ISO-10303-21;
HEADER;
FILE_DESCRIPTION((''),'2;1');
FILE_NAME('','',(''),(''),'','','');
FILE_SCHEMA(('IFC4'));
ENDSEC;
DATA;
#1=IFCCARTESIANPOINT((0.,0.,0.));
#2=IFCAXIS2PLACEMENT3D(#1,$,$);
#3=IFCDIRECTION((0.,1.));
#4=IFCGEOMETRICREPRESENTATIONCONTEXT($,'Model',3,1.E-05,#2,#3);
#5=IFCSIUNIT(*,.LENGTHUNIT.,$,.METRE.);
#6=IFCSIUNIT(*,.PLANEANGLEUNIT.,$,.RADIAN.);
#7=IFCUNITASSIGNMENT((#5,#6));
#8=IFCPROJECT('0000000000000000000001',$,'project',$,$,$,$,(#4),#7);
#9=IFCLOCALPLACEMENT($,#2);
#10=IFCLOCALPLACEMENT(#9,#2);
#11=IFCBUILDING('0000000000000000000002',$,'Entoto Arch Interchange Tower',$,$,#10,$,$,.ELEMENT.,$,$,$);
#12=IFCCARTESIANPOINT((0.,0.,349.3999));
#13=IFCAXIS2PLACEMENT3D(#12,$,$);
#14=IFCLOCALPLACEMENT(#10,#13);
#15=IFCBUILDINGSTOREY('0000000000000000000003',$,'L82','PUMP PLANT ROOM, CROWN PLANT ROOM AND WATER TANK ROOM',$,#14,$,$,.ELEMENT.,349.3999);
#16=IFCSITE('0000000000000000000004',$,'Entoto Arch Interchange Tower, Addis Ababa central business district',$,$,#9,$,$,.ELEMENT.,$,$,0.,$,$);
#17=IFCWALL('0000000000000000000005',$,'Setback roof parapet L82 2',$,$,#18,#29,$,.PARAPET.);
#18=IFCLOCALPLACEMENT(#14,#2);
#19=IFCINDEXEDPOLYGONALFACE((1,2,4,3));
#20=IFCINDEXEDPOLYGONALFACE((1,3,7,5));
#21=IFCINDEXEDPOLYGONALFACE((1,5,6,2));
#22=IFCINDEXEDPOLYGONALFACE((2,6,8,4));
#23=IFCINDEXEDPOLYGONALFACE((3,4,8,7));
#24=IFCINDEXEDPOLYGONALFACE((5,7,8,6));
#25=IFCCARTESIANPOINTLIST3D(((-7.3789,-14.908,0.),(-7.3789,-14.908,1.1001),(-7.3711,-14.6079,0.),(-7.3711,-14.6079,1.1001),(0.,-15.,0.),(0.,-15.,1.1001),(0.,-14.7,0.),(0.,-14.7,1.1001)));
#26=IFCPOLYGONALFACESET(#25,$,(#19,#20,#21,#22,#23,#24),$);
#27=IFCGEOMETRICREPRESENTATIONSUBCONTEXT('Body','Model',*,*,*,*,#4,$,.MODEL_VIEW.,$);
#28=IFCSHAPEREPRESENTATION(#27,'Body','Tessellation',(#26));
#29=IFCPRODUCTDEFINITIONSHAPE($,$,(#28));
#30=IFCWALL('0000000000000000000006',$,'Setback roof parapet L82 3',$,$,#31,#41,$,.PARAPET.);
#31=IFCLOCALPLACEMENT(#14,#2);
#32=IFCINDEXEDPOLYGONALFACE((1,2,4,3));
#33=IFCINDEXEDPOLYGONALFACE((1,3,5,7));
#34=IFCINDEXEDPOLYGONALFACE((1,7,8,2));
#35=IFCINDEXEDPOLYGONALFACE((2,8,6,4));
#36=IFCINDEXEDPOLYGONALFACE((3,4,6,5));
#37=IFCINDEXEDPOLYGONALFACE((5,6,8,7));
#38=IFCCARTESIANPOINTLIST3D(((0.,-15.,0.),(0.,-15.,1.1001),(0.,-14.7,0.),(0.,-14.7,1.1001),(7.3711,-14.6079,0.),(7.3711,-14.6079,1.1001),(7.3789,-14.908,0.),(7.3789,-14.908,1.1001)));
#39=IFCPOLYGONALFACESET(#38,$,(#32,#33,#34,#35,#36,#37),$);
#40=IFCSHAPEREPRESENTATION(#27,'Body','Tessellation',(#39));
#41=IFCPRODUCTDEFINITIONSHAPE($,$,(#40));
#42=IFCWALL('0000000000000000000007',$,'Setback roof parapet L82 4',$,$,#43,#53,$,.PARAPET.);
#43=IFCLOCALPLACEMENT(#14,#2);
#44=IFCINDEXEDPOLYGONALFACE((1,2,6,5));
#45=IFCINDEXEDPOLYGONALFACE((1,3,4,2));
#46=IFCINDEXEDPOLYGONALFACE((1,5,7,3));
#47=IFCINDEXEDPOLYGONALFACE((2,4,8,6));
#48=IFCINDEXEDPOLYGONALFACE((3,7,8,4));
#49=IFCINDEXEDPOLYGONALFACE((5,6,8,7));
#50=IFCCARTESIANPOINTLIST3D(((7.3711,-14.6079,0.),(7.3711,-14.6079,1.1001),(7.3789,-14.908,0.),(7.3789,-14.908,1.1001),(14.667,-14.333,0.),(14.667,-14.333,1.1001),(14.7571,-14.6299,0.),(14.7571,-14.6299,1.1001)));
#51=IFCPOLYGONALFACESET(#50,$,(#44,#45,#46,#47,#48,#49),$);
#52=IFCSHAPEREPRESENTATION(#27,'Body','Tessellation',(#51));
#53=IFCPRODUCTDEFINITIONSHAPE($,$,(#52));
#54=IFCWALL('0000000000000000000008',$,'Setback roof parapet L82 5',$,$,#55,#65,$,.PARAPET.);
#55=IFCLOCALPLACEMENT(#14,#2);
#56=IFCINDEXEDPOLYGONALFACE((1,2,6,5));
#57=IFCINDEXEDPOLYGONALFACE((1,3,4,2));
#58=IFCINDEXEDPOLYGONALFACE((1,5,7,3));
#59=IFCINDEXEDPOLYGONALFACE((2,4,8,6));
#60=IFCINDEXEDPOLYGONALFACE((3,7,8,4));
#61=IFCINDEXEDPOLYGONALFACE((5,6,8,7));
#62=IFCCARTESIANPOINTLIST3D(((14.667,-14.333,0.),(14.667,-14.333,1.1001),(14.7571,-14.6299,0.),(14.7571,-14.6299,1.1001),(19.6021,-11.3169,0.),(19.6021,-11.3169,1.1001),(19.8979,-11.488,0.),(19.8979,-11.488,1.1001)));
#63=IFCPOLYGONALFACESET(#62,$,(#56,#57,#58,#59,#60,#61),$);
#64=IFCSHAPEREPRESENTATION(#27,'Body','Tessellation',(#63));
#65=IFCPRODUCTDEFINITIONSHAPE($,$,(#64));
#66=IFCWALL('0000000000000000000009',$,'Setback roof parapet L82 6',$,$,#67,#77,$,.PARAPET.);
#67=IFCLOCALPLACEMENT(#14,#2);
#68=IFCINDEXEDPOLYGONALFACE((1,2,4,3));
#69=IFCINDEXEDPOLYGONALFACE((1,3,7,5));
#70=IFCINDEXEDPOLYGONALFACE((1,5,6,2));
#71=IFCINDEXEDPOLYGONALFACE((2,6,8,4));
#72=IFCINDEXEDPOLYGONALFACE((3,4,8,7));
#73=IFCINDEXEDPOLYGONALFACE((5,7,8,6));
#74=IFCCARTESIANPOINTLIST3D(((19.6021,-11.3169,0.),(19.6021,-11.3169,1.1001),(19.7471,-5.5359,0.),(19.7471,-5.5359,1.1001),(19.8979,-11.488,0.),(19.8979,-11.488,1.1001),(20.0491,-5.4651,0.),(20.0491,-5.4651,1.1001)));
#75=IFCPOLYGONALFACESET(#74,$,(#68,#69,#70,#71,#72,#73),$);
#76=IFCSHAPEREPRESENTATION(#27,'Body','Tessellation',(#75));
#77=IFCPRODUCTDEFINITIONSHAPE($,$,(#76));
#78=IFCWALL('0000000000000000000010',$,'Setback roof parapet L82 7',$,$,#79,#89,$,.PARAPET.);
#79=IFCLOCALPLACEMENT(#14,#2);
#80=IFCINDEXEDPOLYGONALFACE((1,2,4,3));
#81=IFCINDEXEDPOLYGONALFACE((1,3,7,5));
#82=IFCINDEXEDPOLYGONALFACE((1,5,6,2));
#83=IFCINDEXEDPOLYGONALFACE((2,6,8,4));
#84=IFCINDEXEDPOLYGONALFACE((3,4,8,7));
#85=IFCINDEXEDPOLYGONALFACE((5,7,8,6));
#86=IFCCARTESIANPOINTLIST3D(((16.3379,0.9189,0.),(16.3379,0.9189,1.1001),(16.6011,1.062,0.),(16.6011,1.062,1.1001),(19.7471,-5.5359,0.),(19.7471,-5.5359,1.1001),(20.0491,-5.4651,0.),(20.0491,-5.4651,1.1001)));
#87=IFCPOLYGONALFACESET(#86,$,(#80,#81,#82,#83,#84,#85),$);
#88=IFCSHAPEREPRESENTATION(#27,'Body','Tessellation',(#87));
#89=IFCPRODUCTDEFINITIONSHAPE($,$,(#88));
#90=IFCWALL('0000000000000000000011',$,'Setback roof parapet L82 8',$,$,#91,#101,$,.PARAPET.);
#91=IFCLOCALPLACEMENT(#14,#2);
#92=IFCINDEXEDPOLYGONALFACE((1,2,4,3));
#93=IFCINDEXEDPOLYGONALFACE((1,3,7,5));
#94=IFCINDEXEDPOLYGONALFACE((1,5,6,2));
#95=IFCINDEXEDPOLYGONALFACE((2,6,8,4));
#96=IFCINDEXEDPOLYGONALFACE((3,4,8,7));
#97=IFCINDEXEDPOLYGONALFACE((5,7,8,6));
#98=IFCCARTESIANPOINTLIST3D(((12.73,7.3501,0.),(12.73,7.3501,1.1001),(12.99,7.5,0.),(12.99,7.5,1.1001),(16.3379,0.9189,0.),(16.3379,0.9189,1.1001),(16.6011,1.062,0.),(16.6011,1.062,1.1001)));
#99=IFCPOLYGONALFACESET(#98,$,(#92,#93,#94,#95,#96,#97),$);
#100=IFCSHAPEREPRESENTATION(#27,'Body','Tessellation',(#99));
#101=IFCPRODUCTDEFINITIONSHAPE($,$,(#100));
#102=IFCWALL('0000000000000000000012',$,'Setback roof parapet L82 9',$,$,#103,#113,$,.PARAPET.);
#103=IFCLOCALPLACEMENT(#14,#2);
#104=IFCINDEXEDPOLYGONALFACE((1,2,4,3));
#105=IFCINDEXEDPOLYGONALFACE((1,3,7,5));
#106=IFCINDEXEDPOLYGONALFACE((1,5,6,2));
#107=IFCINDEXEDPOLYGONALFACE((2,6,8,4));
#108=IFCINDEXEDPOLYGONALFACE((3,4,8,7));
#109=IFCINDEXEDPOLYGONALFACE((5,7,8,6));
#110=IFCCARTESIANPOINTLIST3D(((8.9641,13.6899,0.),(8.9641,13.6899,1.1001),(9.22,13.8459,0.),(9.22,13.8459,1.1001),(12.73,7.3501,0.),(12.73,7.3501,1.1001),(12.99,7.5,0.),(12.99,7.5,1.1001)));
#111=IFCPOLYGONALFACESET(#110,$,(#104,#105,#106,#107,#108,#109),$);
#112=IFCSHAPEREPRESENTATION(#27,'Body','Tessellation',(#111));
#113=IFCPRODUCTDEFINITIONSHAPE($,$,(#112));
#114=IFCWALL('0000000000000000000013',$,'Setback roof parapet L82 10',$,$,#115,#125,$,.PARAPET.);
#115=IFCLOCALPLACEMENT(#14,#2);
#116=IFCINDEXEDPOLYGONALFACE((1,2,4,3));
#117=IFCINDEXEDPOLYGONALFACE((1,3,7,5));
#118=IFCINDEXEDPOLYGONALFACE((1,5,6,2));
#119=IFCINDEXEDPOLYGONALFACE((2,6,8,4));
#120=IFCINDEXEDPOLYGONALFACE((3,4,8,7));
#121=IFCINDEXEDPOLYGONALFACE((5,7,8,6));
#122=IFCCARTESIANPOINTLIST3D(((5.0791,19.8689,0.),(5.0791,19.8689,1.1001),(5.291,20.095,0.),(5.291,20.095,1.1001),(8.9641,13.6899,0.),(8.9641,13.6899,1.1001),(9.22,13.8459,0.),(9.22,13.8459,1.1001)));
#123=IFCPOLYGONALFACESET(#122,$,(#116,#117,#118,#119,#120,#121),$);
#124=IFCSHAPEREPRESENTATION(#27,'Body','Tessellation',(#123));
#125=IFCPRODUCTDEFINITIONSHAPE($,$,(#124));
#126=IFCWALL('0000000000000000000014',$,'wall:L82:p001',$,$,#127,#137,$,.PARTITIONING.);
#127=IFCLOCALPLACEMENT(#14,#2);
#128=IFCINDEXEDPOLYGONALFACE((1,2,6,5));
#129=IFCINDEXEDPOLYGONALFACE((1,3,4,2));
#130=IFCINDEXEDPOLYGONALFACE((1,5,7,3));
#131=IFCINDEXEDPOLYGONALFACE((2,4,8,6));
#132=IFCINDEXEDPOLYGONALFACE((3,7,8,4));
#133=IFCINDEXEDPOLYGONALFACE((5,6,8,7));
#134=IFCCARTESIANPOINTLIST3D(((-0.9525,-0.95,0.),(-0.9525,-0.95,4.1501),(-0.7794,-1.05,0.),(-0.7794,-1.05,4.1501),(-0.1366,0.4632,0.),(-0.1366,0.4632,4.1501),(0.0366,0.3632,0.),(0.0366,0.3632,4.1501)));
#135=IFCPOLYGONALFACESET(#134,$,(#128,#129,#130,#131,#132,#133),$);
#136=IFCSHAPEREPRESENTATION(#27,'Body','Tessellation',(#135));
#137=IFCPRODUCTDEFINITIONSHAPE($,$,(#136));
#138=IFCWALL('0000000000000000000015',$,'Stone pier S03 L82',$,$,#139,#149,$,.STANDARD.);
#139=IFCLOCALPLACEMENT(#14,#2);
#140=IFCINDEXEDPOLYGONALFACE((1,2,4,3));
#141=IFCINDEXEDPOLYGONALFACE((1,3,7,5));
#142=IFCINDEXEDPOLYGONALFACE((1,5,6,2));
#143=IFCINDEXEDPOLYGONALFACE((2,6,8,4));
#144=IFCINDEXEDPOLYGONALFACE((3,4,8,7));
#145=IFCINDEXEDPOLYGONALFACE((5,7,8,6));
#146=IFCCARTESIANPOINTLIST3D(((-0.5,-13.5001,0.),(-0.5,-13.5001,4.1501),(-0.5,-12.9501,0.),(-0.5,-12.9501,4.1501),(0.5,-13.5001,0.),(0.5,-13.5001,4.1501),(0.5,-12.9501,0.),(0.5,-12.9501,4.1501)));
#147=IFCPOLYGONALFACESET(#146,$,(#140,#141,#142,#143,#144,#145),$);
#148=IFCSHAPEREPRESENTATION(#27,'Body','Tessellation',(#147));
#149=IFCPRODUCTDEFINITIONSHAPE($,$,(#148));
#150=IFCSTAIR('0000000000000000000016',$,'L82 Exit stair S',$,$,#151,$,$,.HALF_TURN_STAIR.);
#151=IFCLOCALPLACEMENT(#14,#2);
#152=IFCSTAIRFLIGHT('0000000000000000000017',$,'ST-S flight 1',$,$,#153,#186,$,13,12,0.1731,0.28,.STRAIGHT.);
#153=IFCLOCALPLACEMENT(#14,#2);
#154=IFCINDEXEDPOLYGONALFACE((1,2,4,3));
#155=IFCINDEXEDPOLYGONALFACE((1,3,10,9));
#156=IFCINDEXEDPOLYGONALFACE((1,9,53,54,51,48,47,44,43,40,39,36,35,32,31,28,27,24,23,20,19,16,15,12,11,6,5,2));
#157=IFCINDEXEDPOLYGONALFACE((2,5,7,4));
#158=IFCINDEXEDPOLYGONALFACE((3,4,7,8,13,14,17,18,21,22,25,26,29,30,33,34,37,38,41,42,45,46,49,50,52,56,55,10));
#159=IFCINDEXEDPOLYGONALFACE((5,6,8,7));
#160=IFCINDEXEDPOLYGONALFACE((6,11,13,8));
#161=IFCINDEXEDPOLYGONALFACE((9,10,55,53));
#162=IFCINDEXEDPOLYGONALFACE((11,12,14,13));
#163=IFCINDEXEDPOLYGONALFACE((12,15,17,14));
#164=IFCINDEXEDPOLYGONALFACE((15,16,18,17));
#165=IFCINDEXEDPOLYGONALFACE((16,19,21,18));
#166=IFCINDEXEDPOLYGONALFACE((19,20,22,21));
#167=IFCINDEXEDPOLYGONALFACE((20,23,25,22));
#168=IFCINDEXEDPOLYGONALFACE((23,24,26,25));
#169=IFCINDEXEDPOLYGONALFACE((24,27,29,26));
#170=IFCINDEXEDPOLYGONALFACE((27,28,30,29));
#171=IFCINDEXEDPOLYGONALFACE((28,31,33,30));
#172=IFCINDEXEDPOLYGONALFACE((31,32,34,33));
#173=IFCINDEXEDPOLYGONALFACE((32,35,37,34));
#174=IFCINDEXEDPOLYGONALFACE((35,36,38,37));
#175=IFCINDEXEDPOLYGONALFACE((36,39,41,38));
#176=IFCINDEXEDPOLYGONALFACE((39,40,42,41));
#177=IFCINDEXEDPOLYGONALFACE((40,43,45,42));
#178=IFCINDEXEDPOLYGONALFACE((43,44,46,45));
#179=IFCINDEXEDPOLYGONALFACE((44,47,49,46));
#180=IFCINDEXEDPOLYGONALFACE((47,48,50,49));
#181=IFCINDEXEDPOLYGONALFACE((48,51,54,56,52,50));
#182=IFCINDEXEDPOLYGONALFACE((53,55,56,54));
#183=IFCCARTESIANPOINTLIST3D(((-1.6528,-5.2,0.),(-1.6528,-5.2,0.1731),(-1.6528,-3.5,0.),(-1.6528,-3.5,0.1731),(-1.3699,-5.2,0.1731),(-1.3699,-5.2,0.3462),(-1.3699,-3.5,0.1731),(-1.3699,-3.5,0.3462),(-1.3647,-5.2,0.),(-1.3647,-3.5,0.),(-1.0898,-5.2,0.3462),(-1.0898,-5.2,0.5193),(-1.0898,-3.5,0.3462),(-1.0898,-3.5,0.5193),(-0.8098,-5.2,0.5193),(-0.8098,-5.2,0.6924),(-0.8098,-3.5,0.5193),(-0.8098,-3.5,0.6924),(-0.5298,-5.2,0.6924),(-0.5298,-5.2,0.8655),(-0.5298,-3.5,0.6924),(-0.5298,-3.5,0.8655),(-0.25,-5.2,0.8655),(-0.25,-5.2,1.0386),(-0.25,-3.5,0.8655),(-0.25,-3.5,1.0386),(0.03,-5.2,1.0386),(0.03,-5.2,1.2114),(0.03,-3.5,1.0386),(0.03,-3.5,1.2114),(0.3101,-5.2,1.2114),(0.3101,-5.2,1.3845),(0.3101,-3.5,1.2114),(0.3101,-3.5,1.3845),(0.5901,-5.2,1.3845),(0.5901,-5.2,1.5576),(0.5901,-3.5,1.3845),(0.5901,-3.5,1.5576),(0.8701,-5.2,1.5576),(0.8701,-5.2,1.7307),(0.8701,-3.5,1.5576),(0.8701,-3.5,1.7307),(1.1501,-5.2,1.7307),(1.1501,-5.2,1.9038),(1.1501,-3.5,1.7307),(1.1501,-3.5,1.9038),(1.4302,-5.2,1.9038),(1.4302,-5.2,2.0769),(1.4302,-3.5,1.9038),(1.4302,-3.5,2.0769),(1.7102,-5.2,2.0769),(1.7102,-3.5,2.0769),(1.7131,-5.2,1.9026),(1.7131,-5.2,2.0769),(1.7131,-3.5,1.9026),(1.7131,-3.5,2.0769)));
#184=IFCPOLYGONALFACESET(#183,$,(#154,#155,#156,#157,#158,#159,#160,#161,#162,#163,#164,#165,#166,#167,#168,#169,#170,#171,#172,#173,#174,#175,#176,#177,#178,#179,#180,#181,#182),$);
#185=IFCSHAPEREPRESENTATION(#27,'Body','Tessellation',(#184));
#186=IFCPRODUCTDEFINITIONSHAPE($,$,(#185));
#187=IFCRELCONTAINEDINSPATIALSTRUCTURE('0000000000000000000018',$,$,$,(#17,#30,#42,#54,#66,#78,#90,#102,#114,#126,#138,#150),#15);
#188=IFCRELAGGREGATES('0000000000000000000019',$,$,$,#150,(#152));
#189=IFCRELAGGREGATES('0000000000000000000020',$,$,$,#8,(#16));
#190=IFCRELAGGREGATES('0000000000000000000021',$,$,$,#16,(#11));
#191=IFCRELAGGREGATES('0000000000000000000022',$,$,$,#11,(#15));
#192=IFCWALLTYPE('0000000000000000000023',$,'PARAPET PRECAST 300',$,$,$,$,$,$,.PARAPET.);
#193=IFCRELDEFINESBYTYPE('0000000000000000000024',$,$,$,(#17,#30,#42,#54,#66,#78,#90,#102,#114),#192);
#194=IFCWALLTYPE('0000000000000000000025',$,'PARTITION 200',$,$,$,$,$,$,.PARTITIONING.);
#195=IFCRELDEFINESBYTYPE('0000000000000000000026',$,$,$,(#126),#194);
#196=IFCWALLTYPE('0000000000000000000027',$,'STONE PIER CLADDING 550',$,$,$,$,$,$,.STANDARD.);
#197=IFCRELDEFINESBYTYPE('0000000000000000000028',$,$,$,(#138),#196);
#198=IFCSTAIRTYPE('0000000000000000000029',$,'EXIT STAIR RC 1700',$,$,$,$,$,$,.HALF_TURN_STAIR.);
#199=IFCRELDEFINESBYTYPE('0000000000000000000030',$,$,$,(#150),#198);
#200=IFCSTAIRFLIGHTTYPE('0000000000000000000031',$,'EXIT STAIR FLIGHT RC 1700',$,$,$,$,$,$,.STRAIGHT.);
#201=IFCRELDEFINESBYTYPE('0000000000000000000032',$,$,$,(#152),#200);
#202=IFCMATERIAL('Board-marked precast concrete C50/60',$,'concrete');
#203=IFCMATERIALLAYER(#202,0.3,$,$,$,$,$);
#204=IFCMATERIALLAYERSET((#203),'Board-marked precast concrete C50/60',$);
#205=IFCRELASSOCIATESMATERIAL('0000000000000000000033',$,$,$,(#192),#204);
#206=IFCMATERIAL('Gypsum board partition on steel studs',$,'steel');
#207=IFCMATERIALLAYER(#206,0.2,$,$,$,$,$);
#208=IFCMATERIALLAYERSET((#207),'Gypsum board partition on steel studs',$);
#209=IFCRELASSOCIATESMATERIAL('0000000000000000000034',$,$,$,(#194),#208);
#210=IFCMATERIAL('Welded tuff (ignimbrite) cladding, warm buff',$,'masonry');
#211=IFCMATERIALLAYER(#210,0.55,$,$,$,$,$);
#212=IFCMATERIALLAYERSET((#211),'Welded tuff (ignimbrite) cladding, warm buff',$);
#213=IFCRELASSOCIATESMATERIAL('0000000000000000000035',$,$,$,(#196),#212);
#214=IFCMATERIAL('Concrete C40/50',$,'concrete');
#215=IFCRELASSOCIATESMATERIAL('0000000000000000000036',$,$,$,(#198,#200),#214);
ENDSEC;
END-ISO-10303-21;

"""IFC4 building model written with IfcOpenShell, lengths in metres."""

from ifc_helpers import new_model, si_unit, direction, frame, frame_2d, origin, place, context, subcontext, project, spatial, polyline, rectangle, outline, extrude, material, layer, layer_set, type_object, element, aggregate, save


model = new_model("IFC4")

# Units and contexts
model_context = context("Model", 3, precision=1e-05, world=origin(), true_north=direction((0.0, 1.0)))
body_context = subcontext(model_context, "Body", "Model", "MODEL_VIEW")
ifc_project = project(units=[si_unit("LENGTHUNIT", "METRE"), si_unit("PLANEANGLEUNIT", "RADIAN")], contexts=[model_context])

# Site, building, storey
site_placement = place(None, origin())
site = spatial("IfcSite", under=ifc_project, at=site_placement, Name="Entoto Arch Interchange Tower, Addis Ababa central business district", CompositionType="ELEMENT", RefElevation=0.0)
building_placement = place(site_placement, origin())
building = spatial("IfcBuilding", under=site, at=building_placement, Name="Entoto Arch Interchange Tower", CompositionType="ELEMENT")
storey_placement = place(building_placement, frame((0.0, 0.0, 349.3999)))
storey = spatial("IfcBuildingStorey", under=building, at=storey_placement, Name="L82", Description="PUMP PLANT ROOM, CROWN PLANT ROOM AND WATER TANK ROOM", CompositionType="ELEMENT", Elevation=349.3999)

# Shared definitions
ifc_material_1 = material(Name="Concrete C40/50", Category="concrete")

# Walls
ifc_material_2 = material(Name="Board-marked precast concrete C50/60", Category="concrete")
ifc_layer_1 = layer(ifc_material_2, 0.3)
ifc_layer_set_1 = layer_set([ifc_layer_1], Name="Board-marked precast concrete C50/60")
wall_type_1 = type_object("IfcWallType", Name="PARAPET PRECAST 300", PredefinedType="PARAPET", material=ifc_layer_set_1)
wall_1_placement = place(storey_placement, origin())
element("IfcWall", 1, at=wall_1_placement, inside=storey, type_object=wall_type_1, Name="Setback roof parapet L82 2", PredefinedType="PARAPET", context=body_context, shape_type="SweptSolid", body=[
    extrude(outline(polyline([(-7.3789, -14.908), (0.0, -15.0), (0.0, -14.7), (-7.3711, -14.6079), (-7.3789, -14.908)])), origin(), (0.0, 0.0, 1.0), 1.1001),
])
wall_2_placement = place(storey_placement, origin())
element("IfcWall", 2, at=wall_2_placement, inside=storey, type_object=wall_type_1, Name="Setback roof parapet L82 3", PredefinedType="PARAPET", context=body_context, shape_type="SweptSolid", body=[
    extrude(outline(polyline([(0.0, -15.0), (7.3789, -14.908), (7.3711, -14.6079), (0.0, -14.7), (0.0, -15.0)])), origin(), (0.0, 0.0, 1.0), 1.1001),
])
wall_3_placement = place(storey_placement, origin())
element("IfcWall", 3, at=wall_3_placement, inside=storey, type_object=wall_type_1, Name="Setback roof parapet L82 4", PredefinedType="PARAPET", context=body_context, shape_type="SweptSolid", body=[
    extrude(outline(polyline([(7.3789, -14.908), (14.7571, -14.6299), (14.667, -14.333), (7.3711, -14.6079), (7.3789, -14.908)])), origin(), (0.0, 0.0, 1.0), 1.1001),
])
wall_4_placement = place(storey_placement, origin())
element("IfcWall", 4, at=wall_4_placement, inside=storey, type_object=wall_type_1, Name="Setback roof parapet L82 5", PredefinedType="PARAPET", context=body_context, shape_type="SweptSolid", body=[
    extrude(outline(polyline([(14.7571, -14.6299), (19.8979, -11.488), (19.6021, -11.3169), (14.667, -14.333), (14.7571, -14.6299)])), origin(), (0.0, 0.0, 1.0), 1.1001),
])
wall_5_placement = place(storey_placement, origin())
element("IfcWall", 5, at=wall_5_placement, inside=storey, type_object=wall_type_1, Name="Setback roof parapet L82 6", PredefinedType="PARAPET", context=body_context, shape_type="SweptSolid", body=[
    extrude(outline(polyline([(19.8979, -11.488), (20.0491, -5.4651), (19.7471, -5.5359), (19.6021, -11.3169), (19.8979, -11.488)])), origin(), (0.0, 0.0, 1.0), 1.1001),
])
wall_6_placement = place(storey_placement, origin())
element("IfcWall", 6, at=wall_6_placement, inside=storey, type_object=wall_type_1, Name="Setback roof parapet L82 7", PredefinedType="PARAPET", context=body_context, shape_type="SweptSolid", body=[
    extrude(outline(polyline([(20.0491, -5.4651), (16.6011, 1.062), (16.3379, 0.9189), (19.7471, -5.5359), (20.0491, -5.4651)])), origin(), (0.0, 0.0, 1.0), 1.1001),
])
wall_7_placement = place(storey_placement, origin())
element("IfcWall", 7, at=wall_7_placement, inside=storey, type_object=wall_type_1, Name="Setback roof parapet L82 8", PredefinedType="PARAPET", context=body_context, shape_type="SweptSolid", body=[
    extrude(outline(polyline([(16.6011, 1.062), (12.99, 7.5), (12.73, 7.3501), (16.3379, 0.9189), (16.6011, 1.062)])), origin(), (0.0, 0.0, 1.0), 1.1001),
])
wall_8_placement = place(storey_placement, origin())
element("IfcWall", 8, at=wall_8_placement, inside=storey, type_object=wall_type_1, Name="Setback roof parapet L82 9", PredefinedType="PARAPET", context=body_context, shape_type="SweptSolid", body=[
    extrude(outline(polyline([(12.99, 7.5), (9.22, 13.8459), (8.9641, 13.6899), (12.73, 7.3501), (12.99, 7.5)])), origin(), (0.0, 0.0, 1.0), 1.1001),
])
wall_9_placement = place(storey_placement, origin())
element("IfcWall", 9, at=wall_9_placement, inside=storey, type_object=wall_type_1, Name="Setback roof parapet L82 10", PredefinedType="PARAPET", context=body_context, shape_type="SweptSolid", body=[
    extrude(outline(polyline([(9.22, 13.8459), (5.291, 20.095), (5.0791, 19.8689), (8.9641, 13.6899), (9.22, 13.8459)])), origin(), (0.0, 0.0, 1.0), 1.1001),
])
ifc_material_3 = material(Name="Gypsum board partition on steel studs", Category="steel")
ifc_layer_2 = layer(ifc_material_3, 0.2)
ifc_layer_set_2 = layer_set([ifc_layer_2], Name="Gypsum board partition on steel studs")
wall_type_2 = type_object("IfcWallType", Name="PARTITION 200", PredefinedType="PARTITIONING", material=ifc_layer_set_2)
wall_10_placement = place(storey_placement, frame((-0.866, -1.0, 0.0), z_axis=(0.0, 0.0, 1.0), x_axis=(0.500033, 0.866006, 0.0)))
element("IfcWall", 10, at=wall_10_placement, inside=storey, type_object=wall_type_2, Name="wall:L82:p001", PredefinedType="PARTITIONING", context=body_context, shape_type="SweptSolid", body=[
    extrude(rectangle(XDim=1.6318, YDim=0.2, at=frame_2d((0.8159, 0.0))), origin(), (0.0, 0.0, 1.0), 4.1501),
])
ifc_material_4 = material(Name="Welded tuff (ignimbrite) cladding, warm buff", Category="masonry")
ifc_layer_3 = layer(ifc_material_4, 0.55)
ifc_layer_set_3 = layer_set([ifc_layer_3], Name="Welded tuff (ignimbrite) cladding, warm buff")
wall_type_3 = type_object("IfcWallType", Name="STONE PIER CLADDING 550", PredefinedType="STANDARD", material=ifc_layer_set_3)
wall_11_placement = place(storey_placement, frame((-0.5, -13.2251, 0.0), z_axis=(0.0, 0.0, 1.0), x_axis=(1.0, 0.0, 0.0)))
element("IfcWall", 11, at=wall_11_placement, inside=storey, type_object=wall_type_3, Name="Stone pier S03 L82", PredefinedType="STANDARD", context=body_context, shape_type="SweptSolid", body=[
    extrude(rectangle(XDim=1.0, YDim=0.55, at=frame_2d((0.5, 0.0))), origin(), (0.0, 0.0, 1.0), 4.1501),
])

# Stair, stair flight
stair_type = type_object("IfcStairType", Name="EXIT STAIR RC 1700", PredefinedType="HALF_TURN_STAIR", material=ifc_material_1)
stair_placement = place(storey_placement, origin())
stair = element("IfcStair", 12, at=stair_placement, inside=storey, type_object=stair_type, Name="L82 Exit stair S", PredefinedType="HALF_TURN_STAIR")
stair_flight_type = type_object("IfcStairFlightType", Name="EXIT STAIR FLIGHT RC 1700", PredefinedType="STRAIGHT", material=ifc_material_1)
stair_flight_placement = place(storey_placement, frame((-1.6499, -4.3501, 0.0), z_axis=(0.0, 0.0, 1.0), x_axis=(1.0, 0.0, 0.0)))
stair_flight = element("IfcStairFlight", 13, at=stair_flight_placement, type_object=stair_flight_type, Name="ST-S flight 1", NumberOfRisers=13, NumberOfTreads=12, PredefinedType="STRAIGHT", RiserHeight=0.1731, TreadLength=0.28, context=body_context, shape_type="SweptSolid", body=[
    extrude(outline(polyline([(-0.0029, 0.0), (-0.0029, 0.1731), (0.28, 0.1731), (0.28, 0.3462), (0.5601, 0.3462), (0.5601, 0.5193), (0.8401, 0.5193), (0.8401, 0.6924), (1.1201, 0.6924), (1.1201, 0.8655), (1.3999, 0.8655), (1.3999, 1.0386), (1.6799, 1.0386), (1.6799, 1.2114), (1.96, 1.2114), (1.96, 1.3845), (2.24, 1.3845), (2.24, 1.5576), (2.52, 1.5576), (2.52, 1.7307), (2.8, 1.7307), (2.8, 1.9038), (3.0801, 1.9038), (3.0801, 2.0769), (3.3601, 2.0769), (3.363, 2.0769), (3.363, 1.9026), (0.2852, 0.0), (-0.0029, 0.0)])), frame((0.0, 0.8501, 0.0), z_axis=(0.0, -1.0, 0.0), x_axis=(1.0, 0.0, 0.0)), (0.0, 0.0, 1.0), 1.7),
])
aggregate(stair, [stair_flight])

save(model, "model.ifc")
